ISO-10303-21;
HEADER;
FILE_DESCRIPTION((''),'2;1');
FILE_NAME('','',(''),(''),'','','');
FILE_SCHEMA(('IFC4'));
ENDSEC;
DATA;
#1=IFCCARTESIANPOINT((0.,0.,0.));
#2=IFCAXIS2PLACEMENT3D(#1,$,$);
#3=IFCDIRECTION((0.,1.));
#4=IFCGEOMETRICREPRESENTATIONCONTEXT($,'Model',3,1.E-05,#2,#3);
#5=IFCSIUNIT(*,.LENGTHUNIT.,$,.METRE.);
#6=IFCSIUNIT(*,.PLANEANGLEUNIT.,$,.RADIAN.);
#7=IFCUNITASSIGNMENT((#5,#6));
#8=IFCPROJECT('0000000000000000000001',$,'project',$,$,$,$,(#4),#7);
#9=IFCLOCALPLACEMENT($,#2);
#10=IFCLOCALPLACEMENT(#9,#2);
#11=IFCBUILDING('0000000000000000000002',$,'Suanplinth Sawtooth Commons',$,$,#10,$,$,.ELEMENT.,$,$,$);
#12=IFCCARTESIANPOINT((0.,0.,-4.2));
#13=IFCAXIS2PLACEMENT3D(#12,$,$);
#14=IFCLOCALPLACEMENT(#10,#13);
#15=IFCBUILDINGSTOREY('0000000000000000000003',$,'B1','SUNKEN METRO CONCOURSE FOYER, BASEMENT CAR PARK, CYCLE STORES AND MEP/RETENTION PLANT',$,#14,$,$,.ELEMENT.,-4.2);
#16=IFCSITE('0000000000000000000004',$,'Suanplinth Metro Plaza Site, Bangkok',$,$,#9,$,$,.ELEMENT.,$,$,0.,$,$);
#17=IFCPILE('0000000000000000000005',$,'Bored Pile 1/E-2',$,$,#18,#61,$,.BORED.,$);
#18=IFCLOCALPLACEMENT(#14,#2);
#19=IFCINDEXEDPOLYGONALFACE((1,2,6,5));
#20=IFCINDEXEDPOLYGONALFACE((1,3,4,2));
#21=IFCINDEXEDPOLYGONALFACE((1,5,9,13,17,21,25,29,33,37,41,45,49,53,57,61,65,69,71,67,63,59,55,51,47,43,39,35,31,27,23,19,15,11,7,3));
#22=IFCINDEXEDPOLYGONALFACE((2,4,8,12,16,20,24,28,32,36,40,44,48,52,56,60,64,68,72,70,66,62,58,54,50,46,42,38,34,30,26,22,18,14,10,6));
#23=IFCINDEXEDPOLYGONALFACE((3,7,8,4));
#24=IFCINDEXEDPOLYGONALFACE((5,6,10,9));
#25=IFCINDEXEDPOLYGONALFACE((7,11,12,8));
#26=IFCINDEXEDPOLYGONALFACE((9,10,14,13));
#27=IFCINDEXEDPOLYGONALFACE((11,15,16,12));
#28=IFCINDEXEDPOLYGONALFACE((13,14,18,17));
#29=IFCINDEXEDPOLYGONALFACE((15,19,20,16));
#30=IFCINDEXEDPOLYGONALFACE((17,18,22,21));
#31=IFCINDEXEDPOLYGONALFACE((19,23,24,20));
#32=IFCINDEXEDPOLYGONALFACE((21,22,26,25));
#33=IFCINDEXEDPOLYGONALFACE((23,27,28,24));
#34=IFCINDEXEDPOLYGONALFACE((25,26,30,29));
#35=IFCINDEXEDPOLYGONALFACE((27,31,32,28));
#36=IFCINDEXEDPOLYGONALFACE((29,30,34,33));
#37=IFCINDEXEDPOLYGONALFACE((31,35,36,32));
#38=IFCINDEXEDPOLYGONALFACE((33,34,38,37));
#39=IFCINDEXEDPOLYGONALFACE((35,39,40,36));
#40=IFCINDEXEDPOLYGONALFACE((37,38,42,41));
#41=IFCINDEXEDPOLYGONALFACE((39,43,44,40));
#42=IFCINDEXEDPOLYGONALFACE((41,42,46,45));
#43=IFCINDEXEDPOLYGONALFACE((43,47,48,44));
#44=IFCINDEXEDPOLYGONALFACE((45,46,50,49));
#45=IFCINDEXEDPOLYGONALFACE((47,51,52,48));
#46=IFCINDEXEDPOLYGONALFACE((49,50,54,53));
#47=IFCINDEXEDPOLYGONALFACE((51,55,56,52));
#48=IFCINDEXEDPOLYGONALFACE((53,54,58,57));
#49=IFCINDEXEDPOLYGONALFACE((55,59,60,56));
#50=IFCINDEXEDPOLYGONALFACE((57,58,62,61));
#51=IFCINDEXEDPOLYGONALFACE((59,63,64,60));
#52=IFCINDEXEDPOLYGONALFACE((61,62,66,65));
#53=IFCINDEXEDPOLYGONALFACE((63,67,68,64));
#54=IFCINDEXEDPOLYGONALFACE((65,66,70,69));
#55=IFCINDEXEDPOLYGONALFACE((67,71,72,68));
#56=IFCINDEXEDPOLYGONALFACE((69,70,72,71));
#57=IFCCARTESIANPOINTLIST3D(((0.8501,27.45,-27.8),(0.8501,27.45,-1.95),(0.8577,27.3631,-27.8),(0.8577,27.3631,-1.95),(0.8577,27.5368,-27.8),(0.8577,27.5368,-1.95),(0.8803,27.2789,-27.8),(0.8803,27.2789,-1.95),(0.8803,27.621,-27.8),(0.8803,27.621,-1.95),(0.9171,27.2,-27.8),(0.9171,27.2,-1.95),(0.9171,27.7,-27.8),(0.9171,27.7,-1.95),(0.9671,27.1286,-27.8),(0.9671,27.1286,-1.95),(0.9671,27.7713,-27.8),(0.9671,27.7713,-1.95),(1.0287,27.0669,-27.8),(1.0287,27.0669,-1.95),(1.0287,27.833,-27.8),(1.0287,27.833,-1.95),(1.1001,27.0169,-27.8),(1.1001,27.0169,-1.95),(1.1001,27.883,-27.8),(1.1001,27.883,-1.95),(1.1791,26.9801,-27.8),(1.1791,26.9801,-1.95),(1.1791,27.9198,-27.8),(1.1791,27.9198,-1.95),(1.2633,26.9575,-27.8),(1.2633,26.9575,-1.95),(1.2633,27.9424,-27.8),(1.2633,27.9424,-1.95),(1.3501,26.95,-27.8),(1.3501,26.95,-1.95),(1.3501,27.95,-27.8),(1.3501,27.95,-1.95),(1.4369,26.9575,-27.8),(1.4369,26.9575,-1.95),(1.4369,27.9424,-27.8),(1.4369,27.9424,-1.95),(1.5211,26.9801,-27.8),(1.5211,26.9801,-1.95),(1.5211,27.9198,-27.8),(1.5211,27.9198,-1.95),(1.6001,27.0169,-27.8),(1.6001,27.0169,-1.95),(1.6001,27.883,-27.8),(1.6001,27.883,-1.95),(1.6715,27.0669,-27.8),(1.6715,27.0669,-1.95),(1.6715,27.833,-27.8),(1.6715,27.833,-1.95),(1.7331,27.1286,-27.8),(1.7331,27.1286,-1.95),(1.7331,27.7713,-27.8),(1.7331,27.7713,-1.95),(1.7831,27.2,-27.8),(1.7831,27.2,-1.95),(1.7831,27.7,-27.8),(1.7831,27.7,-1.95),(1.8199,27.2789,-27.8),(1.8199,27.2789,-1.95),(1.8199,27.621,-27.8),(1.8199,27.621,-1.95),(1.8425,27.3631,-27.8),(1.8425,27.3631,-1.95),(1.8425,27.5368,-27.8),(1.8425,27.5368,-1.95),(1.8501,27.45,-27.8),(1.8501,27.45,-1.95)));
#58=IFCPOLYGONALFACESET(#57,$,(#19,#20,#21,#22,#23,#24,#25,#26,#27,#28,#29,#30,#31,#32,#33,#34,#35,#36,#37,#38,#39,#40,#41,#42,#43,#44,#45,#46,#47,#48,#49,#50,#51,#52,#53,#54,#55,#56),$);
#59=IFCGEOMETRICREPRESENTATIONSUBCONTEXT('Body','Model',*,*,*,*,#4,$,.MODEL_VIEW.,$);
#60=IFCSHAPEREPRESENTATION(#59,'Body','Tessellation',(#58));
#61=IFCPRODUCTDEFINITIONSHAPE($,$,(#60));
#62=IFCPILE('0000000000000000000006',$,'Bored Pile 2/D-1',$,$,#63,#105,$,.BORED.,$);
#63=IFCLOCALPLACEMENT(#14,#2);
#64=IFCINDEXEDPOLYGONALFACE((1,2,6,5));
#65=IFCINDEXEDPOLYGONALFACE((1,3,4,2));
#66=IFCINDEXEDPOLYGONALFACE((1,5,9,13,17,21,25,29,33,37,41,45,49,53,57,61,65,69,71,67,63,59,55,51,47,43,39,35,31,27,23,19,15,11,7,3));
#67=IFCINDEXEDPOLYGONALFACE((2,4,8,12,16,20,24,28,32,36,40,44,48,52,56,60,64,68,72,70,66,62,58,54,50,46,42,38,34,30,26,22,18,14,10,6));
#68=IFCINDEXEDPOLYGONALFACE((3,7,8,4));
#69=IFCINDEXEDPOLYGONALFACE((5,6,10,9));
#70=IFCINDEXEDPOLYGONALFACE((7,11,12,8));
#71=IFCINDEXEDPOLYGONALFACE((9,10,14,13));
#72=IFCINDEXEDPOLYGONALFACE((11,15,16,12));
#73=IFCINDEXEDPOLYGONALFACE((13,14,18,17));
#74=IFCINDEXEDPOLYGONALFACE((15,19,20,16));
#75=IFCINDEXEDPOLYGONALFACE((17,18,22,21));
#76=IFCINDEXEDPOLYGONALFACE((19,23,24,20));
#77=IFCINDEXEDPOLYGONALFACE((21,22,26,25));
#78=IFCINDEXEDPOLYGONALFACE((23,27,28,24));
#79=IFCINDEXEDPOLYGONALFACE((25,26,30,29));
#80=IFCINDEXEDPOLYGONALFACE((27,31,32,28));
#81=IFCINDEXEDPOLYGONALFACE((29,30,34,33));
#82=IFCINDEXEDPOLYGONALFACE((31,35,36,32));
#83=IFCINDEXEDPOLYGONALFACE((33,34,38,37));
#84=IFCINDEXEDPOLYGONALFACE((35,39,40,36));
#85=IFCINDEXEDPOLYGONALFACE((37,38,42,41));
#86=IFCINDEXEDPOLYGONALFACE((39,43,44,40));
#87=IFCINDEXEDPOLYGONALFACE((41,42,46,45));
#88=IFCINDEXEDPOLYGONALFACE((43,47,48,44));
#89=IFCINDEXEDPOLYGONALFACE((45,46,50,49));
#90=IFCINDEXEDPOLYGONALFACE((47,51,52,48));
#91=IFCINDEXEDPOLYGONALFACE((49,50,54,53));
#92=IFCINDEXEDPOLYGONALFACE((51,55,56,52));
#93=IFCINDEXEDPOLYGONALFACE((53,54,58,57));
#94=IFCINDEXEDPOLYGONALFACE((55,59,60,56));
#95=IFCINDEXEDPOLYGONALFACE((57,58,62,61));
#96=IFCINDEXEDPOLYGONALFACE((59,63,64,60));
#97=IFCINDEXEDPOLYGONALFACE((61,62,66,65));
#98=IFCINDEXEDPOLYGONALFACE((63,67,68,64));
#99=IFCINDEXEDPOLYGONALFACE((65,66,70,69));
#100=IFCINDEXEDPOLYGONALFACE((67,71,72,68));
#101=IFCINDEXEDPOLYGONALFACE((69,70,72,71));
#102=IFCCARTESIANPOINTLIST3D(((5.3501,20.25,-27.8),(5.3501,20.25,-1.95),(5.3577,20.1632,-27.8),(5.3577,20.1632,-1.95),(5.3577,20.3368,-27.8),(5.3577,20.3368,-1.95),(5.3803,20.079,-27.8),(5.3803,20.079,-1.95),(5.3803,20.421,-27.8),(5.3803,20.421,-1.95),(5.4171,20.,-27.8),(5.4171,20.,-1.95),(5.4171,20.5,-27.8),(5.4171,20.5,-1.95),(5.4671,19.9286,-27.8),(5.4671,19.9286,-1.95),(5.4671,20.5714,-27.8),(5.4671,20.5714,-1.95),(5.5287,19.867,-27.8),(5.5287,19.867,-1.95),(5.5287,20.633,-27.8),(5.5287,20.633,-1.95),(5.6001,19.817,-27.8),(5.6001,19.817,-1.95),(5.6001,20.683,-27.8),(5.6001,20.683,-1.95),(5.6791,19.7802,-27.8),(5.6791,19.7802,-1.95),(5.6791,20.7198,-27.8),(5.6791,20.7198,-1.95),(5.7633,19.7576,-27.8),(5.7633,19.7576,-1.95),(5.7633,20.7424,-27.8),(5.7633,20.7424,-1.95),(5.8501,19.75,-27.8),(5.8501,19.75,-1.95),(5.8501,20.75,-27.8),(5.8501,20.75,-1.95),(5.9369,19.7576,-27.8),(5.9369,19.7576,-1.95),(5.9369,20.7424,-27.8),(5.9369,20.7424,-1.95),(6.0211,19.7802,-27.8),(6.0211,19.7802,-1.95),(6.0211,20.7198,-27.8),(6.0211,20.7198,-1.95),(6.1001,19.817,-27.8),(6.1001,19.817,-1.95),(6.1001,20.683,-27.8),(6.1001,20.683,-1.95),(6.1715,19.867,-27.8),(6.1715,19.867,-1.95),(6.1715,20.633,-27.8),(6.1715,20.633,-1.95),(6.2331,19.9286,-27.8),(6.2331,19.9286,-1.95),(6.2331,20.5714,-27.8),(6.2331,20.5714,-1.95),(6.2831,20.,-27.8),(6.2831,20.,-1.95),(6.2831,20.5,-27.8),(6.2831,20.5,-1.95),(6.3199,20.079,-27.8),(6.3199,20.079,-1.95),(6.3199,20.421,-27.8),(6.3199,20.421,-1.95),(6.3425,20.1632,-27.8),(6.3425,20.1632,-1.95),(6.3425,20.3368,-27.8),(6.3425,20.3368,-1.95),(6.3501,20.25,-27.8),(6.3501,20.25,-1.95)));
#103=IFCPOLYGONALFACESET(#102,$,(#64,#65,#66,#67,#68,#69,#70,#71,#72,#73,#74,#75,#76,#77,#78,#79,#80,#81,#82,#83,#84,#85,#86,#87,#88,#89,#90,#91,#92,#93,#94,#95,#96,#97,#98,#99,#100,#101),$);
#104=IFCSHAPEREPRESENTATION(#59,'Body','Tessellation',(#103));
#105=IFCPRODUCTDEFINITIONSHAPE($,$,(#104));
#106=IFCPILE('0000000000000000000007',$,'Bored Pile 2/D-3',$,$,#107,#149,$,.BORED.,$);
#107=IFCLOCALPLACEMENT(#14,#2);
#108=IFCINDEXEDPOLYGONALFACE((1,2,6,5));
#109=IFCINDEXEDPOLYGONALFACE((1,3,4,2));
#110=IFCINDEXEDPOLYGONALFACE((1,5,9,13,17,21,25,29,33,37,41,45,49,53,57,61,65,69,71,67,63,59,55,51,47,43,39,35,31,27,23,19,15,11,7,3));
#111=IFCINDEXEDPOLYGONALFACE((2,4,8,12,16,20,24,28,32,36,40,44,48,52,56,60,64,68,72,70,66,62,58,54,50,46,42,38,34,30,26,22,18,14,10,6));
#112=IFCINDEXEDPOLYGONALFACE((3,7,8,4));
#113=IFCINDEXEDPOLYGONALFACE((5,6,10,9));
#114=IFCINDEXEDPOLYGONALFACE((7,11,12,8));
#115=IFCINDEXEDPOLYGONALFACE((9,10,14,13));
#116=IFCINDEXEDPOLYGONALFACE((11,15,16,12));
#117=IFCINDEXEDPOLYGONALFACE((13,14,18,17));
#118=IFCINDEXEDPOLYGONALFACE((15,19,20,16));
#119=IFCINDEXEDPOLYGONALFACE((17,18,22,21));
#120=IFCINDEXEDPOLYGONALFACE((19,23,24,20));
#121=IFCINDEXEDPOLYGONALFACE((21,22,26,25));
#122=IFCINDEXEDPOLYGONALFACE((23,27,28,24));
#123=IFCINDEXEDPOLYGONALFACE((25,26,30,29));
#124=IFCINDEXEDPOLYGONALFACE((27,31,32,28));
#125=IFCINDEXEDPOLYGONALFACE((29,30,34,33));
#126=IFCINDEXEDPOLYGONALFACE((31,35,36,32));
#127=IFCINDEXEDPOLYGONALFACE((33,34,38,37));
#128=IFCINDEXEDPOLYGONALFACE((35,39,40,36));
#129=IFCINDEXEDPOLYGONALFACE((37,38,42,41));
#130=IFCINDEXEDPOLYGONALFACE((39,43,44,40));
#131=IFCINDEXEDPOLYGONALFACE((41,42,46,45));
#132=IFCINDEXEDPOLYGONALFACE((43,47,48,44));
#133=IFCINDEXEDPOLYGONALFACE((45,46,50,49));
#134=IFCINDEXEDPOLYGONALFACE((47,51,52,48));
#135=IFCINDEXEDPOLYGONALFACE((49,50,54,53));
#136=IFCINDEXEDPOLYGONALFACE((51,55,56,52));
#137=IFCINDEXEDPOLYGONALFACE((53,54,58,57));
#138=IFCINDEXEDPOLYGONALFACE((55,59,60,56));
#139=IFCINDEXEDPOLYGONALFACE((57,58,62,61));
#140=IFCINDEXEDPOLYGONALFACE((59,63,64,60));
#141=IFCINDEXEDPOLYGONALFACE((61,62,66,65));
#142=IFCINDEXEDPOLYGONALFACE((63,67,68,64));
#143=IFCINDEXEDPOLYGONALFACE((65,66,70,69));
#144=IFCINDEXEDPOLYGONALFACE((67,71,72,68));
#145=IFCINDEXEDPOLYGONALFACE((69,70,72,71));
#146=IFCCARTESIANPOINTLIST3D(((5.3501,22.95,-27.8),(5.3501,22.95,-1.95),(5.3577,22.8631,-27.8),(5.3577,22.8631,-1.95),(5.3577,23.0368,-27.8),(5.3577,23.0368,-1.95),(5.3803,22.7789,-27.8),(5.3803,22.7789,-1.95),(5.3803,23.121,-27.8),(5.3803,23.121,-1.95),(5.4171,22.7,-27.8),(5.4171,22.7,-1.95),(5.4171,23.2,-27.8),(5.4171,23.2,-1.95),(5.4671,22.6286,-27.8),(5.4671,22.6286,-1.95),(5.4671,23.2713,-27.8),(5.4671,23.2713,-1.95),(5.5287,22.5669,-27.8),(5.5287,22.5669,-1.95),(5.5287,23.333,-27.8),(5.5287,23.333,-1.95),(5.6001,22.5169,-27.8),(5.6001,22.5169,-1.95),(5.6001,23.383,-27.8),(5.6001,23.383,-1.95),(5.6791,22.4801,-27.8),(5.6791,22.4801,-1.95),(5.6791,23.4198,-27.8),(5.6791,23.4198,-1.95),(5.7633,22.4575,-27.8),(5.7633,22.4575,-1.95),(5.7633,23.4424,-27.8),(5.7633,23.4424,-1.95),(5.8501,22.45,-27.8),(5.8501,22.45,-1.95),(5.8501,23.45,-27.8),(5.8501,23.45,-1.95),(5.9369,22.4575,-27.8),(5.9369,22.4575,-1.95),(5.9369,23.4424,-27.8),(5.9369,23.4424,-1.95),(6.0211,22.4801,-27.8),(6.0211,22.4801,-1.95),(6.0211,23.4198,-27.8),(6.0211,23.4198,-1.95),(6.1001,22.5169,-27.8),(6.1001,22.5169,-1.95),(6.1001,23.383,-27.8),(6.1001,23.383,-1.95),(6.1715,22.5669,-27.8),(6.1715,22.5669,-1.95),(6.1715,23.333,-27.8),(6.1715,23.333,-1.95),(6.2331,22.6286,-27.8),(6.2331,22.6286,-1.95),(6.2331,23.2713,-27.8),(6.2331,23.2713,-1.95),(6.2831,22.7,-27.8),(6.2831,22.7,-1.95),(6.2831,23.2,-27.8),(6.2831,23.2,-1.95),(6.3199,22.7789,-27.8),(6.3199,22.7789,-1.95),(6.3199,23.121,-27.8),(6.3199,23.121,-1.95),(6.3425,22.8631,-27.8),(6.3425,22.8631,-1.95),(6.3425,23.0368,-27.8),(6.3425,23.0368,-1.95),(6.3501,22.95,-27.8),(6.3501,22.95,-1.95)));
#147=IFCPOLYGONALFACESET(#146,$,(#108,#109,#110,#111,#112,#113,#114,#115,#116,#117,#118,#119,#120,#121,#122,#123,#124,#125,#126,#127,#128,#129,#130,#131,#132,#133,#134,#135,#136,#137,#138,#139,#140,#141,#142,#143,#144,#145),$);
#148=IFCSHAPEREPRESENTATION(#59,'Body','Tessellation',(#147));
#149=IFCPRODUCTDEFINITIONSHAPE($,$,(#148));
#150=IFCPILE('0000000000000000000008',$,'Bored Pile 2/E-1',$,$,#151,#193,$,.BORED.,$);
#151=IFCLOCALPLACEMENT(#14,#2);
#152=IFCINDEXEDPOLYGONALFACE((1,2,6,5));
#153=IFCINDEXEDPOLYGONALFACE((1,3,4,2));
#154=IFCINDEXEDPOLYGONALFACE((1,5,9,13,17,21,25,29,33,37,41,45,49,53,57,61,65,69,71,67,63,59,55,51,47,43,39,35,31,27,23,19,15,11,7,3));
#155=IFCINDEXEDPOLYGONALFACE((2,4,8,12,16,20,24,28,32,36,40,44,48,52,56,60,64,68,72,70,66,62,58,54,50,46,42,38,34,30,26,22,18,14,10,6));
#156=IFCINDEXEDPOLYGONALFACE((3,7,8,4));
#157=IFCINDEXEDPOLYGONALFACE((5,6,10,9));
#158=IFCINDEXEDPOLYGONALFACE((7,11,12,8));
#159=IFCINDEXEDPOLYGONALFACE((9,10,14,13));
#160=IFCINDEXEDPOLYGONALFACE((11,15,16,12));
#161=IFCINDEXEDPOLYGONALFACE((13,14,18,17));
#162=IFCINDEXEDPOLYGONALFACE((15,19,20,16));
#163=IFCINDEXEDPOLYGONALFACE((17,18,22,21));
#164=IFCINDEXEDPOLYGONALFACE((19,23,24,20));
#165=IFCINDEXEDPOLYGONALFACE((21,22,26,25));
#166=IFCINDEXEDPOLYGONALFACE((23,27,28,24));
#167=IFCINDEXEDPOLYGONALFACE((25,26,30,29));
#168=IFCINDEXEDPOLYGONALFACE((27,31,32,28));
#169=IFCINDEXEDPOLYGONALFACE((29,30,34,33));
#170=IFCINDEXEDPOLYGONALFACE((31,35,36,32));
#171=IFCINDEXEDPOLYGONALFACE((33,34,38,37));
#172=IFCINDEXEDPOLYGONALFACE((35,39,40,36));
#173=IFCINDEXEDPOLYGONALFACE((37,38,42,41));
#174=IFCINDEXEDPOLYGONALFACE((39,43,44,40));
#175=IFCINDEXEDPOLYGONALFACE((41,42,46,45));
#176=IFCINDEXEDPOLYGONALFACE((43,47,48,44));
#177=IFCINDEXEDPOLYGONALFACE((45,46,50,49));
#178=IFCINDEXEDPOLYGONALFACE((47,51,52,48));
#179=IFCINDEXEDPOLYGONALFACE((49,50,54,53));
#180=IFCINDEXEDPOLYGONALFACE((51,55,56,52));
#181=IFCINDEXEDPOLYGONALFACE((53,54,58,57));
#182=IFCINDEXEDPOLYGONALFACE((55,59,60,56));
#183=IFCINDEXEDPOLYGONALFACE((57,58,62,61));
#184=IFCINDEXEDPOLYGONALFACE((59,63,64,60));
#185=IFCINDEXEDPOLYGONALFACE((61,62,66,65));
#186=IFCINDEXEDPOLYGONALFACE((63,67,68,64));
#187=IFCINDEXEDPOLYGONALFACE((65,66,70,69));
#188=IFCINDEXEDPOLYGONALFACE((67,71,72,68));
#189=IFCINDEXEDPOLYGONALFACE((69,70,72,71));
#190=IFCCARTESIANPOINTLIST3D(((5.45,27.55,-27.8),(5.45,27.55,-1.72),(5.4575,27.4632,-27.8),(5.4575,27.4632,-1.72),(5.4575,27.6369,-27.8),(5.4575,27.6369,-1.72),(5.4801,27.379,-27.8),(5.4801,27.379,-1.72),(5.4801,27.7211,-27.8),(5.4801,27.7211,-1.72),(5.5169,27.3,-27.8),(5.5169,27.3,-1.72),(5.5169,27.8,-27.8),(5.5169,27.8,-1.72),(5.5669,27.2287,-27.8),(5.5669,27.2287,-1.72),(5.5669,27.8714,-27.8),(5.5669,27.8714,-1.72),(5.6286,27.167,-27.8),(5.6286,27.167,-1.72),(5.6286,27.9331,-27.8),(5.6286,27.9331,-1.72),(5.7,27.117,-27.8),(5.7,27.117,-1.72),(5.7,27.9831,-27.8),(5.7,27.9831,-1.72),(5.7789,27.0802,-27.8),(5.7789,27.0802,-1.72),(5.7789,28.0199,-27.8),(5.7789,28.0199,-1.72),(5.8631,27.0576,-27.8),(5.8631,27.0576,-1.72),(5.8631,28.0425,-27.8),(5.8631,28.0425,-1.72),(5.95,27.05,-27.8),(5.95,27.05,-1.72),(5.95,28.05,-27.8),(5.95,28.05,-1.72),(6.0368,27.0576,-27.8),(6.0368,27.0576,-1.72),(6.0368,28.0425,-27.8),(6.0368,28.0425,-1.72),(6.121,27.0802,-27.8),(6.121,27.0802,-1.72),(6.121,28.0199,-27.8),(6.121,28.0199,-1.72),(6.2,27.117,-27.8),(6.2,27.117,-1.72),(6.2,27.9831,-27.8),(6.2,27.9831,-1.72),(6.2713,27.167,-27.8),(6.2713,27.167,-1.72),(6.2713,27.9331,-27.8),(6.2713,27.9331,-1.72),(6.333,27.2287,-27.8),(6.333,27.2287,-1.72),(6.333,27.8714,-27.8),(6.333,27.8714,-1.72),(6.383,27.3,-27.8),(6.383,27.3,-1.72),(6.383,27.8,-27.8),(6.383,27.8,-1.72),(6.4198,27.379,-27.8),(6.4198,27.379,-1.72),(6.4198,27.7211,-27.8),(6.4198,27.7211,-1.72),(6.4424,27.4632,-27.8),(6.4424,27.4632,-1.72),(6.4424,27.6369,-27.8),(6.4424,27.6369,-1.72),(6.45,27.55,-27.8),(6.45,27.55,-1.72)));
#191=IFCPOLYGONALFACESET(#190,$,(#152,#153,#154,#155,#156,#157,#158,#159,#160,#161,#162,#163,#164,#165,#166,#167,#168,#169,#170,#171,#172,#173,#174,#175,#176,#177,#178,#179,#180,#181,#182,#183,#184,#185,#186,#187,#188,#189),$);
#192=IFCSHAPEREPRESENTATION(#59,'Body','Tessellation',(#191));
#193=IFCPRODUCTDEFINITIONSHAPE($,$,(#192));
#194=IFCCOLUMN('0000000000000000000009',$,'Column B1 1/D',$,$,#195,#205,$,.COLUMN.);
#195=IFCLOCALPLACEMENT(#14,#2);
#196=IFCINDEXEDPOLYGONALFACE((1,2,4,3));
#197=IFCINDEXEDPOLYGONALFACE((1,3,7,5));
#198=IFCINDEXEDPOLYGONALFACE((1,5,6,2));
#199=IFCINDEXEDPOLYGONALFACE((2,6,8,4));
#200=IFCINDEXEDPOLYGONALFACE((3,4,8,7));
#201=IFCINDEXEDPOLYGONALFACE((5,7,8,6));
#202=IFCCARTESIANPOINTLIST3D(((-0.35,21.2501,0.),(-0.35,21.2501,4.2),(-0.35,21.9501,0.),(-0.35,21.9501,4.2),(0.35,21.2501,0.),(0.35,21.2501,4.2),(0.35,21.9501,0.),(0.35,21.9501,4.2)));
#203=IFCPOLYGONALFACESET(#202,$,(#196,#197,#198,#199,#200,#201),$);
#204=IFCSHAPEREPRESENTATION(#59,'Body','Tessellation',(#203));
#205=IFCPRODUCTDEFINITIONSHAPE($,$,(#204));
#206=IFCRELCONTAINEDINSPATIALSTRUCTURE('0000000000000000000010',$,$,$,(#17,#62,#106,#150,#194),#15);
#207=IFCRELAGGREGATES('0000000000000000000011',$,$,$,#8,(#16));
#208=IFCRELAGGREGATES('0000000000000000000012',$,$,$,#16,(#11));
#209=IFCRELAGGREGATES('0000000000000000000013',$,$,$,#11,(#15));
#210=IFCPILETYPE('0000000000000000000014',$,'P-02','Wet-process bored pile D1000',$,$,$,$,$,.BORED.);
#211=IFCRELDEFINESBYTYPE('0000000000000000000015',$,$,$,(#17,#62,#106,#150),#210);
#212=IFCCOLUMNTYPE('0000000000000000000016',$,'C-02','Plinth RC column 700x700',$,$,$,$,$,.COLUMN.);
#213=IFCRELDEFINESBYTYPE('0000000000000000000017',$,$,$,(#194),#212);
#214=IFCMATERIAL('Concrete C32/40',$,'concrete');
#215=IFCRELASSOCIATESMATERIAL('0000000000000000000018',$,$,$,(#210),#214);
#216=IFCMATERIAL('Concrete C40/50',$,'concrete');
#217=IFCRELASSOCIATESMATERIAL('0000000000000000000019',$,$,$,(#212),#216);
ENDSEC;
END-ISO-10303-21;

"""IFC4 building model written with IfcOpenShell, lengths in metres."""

from ifc_helpers import new_model, si_unit, direction, frame, origin, origin_2d, place, context, subcontext, project, spatial, rectangle, circle, extrude, material, material_profile, profile_set, type_object, element, save


model = new_model("IFC4")

# Units and contexts
model_context = context("Model", 3, precision=1e-05, world=origin(), true_north=direction((0.0, 1.0)))
body_context = subcontext(model_context, "Body", "Model", "MODEL_VIEW")
ifc_project = project(units=[si_unit("LENGTHUNIT", "METRE"), si_unit("PLANEANGLEUNIT", "RADIAN")], contexts=[model_context])

# Site, building, storey
site_placement = place(None, origin())
site = spatial("IfcSite", under=ifc_project, at=site_placement, Name="Suanplinth Metro Plaza Site, Bangkok", CompositionType="ELEMENT", RefElevation=0.0)
building_placement = place(site_placement, origin())
building = spatial("IfcBuilding", under=site, at=building_placement, Name="Suanplinth Sawtooth Commons", CompositionType="ELEMENT")
storey_placement = place(building_placement, frame((0.0, 0.0, -4.2)))
storey = spatial("IfcBuildingStorey", under=building, at=storey_placement, Name="B1", Description="SUNKEN METRO CONCOURSE FOYER, BASEMENT CAR PARK, CYCLE STORES AND MEP/RETENTION PLANT", CompositionType="ELEMENT", Elevation=-4.2)

# Piles
ifc_material_1 = material(Name="Concrete C32/40", Category="concrete")
ifc_material_profile_1 = material_profile(ifc_material_1, circle(Radius=0.5, at=origin_2d()), Name="PILE D1000")
ifc_profile_set_1 = profile_set([ifc_material_profile_1], Name="Concrete C32/40")
pile_type = type_object("IfcPileType", Name="P-02", Description="Wet-process bored pile D1000", PredefinedType="BORED", material=ifc_profile_set_1)
for number, where, z_axis, x_axis, name in (
    (1, (1.3501, 27.45, -1.95), (0.0, 0.0, -1.0), (1.0, 0.0, 0.0), "Bored Pile 1/E-2"),
    (2, (5.8501, 20.25, -1.95), (0.0, 0.0, -1.0), (1.0, 0.0, 0.0), "Bored Pile 2/D-1"),
    (3, (5.8501, 22.95, -1.95), (0.0, 0.0, -1.0), (1.0, 0.0, 0.0), "Bored Pile 2/D-3"),
):
    element("IfcPile", number, at=place(storey_placement, frame(where, z_axis=z_axis, x_axis=x_axis)), inside=storey, type_object=pile_type, Name=name, PredefinedType="BORED", context=body_context, shape_type="SweptSolid", body=[
        extrude(circle(Radius=0.5, at=origin_2d()), origin(), (0.0, 0.0, 1.0), 25.8501),
    ])
pile_placement = place(storey_placement, frame((5.95, 27.55, -1.72), z_axis=(0.0, 0.0, -1.0), x_axis=(1.0, 0.0, 0.0)))
element("IfcPile", 4, at=pile_placement, inside=storey, type_object=pile_type, Name="Bored Pile 2/E-1", PredefinedType="BORED", context=body_context, shape_type="SweptSolid", body=[
    extrude(circle(Radius=0.5, at=origin_2d()), origin(), (0.0, 0.0, 1.0), 26.0801),
])

# Column
ifc_material_2 = material(Name="Concrete C40/50", Category="concrete")
ifc_material_profile_2 = material_profile(ifc_material_2, rectangle(XDim=0.7, YDim=0.7, at=origin_2d()), Name="RC-COL 700x700")
ifc_profile_set_2 = profile_set([ifc_material_profile_2], Name="Concrete C40/50")
column_type = type_object("IfcColumnType", Name="C-02", Description="Plinth RC column 700x700", PredefinedType="COLUMN", material=ifc_profile_set_2)
for number, where, z_axis, x_axis, name in (
    (5, (0.0, 21.6001, 0.0), (0.0, 0.0, 1.0), (1.0, 0.0, 0.0), "Column B1 1/D"),
):
    element("IfcColumn", number, at=place(storey_placement, frame(where, z_axis=z_axis, x_axis=x_axis)), inside=storey, type_object=column_type, Name=name, PredefinedType="COLUMN", context=body_context, shape_type="SweptSolid", body=[
        extrude(rectangle(XDim=0.7, YDim=0.7, at=origin_2d()), origin(), (0.0, 0.0, 1.0), 4.2),
    ])

save(model, "model.ifc")
